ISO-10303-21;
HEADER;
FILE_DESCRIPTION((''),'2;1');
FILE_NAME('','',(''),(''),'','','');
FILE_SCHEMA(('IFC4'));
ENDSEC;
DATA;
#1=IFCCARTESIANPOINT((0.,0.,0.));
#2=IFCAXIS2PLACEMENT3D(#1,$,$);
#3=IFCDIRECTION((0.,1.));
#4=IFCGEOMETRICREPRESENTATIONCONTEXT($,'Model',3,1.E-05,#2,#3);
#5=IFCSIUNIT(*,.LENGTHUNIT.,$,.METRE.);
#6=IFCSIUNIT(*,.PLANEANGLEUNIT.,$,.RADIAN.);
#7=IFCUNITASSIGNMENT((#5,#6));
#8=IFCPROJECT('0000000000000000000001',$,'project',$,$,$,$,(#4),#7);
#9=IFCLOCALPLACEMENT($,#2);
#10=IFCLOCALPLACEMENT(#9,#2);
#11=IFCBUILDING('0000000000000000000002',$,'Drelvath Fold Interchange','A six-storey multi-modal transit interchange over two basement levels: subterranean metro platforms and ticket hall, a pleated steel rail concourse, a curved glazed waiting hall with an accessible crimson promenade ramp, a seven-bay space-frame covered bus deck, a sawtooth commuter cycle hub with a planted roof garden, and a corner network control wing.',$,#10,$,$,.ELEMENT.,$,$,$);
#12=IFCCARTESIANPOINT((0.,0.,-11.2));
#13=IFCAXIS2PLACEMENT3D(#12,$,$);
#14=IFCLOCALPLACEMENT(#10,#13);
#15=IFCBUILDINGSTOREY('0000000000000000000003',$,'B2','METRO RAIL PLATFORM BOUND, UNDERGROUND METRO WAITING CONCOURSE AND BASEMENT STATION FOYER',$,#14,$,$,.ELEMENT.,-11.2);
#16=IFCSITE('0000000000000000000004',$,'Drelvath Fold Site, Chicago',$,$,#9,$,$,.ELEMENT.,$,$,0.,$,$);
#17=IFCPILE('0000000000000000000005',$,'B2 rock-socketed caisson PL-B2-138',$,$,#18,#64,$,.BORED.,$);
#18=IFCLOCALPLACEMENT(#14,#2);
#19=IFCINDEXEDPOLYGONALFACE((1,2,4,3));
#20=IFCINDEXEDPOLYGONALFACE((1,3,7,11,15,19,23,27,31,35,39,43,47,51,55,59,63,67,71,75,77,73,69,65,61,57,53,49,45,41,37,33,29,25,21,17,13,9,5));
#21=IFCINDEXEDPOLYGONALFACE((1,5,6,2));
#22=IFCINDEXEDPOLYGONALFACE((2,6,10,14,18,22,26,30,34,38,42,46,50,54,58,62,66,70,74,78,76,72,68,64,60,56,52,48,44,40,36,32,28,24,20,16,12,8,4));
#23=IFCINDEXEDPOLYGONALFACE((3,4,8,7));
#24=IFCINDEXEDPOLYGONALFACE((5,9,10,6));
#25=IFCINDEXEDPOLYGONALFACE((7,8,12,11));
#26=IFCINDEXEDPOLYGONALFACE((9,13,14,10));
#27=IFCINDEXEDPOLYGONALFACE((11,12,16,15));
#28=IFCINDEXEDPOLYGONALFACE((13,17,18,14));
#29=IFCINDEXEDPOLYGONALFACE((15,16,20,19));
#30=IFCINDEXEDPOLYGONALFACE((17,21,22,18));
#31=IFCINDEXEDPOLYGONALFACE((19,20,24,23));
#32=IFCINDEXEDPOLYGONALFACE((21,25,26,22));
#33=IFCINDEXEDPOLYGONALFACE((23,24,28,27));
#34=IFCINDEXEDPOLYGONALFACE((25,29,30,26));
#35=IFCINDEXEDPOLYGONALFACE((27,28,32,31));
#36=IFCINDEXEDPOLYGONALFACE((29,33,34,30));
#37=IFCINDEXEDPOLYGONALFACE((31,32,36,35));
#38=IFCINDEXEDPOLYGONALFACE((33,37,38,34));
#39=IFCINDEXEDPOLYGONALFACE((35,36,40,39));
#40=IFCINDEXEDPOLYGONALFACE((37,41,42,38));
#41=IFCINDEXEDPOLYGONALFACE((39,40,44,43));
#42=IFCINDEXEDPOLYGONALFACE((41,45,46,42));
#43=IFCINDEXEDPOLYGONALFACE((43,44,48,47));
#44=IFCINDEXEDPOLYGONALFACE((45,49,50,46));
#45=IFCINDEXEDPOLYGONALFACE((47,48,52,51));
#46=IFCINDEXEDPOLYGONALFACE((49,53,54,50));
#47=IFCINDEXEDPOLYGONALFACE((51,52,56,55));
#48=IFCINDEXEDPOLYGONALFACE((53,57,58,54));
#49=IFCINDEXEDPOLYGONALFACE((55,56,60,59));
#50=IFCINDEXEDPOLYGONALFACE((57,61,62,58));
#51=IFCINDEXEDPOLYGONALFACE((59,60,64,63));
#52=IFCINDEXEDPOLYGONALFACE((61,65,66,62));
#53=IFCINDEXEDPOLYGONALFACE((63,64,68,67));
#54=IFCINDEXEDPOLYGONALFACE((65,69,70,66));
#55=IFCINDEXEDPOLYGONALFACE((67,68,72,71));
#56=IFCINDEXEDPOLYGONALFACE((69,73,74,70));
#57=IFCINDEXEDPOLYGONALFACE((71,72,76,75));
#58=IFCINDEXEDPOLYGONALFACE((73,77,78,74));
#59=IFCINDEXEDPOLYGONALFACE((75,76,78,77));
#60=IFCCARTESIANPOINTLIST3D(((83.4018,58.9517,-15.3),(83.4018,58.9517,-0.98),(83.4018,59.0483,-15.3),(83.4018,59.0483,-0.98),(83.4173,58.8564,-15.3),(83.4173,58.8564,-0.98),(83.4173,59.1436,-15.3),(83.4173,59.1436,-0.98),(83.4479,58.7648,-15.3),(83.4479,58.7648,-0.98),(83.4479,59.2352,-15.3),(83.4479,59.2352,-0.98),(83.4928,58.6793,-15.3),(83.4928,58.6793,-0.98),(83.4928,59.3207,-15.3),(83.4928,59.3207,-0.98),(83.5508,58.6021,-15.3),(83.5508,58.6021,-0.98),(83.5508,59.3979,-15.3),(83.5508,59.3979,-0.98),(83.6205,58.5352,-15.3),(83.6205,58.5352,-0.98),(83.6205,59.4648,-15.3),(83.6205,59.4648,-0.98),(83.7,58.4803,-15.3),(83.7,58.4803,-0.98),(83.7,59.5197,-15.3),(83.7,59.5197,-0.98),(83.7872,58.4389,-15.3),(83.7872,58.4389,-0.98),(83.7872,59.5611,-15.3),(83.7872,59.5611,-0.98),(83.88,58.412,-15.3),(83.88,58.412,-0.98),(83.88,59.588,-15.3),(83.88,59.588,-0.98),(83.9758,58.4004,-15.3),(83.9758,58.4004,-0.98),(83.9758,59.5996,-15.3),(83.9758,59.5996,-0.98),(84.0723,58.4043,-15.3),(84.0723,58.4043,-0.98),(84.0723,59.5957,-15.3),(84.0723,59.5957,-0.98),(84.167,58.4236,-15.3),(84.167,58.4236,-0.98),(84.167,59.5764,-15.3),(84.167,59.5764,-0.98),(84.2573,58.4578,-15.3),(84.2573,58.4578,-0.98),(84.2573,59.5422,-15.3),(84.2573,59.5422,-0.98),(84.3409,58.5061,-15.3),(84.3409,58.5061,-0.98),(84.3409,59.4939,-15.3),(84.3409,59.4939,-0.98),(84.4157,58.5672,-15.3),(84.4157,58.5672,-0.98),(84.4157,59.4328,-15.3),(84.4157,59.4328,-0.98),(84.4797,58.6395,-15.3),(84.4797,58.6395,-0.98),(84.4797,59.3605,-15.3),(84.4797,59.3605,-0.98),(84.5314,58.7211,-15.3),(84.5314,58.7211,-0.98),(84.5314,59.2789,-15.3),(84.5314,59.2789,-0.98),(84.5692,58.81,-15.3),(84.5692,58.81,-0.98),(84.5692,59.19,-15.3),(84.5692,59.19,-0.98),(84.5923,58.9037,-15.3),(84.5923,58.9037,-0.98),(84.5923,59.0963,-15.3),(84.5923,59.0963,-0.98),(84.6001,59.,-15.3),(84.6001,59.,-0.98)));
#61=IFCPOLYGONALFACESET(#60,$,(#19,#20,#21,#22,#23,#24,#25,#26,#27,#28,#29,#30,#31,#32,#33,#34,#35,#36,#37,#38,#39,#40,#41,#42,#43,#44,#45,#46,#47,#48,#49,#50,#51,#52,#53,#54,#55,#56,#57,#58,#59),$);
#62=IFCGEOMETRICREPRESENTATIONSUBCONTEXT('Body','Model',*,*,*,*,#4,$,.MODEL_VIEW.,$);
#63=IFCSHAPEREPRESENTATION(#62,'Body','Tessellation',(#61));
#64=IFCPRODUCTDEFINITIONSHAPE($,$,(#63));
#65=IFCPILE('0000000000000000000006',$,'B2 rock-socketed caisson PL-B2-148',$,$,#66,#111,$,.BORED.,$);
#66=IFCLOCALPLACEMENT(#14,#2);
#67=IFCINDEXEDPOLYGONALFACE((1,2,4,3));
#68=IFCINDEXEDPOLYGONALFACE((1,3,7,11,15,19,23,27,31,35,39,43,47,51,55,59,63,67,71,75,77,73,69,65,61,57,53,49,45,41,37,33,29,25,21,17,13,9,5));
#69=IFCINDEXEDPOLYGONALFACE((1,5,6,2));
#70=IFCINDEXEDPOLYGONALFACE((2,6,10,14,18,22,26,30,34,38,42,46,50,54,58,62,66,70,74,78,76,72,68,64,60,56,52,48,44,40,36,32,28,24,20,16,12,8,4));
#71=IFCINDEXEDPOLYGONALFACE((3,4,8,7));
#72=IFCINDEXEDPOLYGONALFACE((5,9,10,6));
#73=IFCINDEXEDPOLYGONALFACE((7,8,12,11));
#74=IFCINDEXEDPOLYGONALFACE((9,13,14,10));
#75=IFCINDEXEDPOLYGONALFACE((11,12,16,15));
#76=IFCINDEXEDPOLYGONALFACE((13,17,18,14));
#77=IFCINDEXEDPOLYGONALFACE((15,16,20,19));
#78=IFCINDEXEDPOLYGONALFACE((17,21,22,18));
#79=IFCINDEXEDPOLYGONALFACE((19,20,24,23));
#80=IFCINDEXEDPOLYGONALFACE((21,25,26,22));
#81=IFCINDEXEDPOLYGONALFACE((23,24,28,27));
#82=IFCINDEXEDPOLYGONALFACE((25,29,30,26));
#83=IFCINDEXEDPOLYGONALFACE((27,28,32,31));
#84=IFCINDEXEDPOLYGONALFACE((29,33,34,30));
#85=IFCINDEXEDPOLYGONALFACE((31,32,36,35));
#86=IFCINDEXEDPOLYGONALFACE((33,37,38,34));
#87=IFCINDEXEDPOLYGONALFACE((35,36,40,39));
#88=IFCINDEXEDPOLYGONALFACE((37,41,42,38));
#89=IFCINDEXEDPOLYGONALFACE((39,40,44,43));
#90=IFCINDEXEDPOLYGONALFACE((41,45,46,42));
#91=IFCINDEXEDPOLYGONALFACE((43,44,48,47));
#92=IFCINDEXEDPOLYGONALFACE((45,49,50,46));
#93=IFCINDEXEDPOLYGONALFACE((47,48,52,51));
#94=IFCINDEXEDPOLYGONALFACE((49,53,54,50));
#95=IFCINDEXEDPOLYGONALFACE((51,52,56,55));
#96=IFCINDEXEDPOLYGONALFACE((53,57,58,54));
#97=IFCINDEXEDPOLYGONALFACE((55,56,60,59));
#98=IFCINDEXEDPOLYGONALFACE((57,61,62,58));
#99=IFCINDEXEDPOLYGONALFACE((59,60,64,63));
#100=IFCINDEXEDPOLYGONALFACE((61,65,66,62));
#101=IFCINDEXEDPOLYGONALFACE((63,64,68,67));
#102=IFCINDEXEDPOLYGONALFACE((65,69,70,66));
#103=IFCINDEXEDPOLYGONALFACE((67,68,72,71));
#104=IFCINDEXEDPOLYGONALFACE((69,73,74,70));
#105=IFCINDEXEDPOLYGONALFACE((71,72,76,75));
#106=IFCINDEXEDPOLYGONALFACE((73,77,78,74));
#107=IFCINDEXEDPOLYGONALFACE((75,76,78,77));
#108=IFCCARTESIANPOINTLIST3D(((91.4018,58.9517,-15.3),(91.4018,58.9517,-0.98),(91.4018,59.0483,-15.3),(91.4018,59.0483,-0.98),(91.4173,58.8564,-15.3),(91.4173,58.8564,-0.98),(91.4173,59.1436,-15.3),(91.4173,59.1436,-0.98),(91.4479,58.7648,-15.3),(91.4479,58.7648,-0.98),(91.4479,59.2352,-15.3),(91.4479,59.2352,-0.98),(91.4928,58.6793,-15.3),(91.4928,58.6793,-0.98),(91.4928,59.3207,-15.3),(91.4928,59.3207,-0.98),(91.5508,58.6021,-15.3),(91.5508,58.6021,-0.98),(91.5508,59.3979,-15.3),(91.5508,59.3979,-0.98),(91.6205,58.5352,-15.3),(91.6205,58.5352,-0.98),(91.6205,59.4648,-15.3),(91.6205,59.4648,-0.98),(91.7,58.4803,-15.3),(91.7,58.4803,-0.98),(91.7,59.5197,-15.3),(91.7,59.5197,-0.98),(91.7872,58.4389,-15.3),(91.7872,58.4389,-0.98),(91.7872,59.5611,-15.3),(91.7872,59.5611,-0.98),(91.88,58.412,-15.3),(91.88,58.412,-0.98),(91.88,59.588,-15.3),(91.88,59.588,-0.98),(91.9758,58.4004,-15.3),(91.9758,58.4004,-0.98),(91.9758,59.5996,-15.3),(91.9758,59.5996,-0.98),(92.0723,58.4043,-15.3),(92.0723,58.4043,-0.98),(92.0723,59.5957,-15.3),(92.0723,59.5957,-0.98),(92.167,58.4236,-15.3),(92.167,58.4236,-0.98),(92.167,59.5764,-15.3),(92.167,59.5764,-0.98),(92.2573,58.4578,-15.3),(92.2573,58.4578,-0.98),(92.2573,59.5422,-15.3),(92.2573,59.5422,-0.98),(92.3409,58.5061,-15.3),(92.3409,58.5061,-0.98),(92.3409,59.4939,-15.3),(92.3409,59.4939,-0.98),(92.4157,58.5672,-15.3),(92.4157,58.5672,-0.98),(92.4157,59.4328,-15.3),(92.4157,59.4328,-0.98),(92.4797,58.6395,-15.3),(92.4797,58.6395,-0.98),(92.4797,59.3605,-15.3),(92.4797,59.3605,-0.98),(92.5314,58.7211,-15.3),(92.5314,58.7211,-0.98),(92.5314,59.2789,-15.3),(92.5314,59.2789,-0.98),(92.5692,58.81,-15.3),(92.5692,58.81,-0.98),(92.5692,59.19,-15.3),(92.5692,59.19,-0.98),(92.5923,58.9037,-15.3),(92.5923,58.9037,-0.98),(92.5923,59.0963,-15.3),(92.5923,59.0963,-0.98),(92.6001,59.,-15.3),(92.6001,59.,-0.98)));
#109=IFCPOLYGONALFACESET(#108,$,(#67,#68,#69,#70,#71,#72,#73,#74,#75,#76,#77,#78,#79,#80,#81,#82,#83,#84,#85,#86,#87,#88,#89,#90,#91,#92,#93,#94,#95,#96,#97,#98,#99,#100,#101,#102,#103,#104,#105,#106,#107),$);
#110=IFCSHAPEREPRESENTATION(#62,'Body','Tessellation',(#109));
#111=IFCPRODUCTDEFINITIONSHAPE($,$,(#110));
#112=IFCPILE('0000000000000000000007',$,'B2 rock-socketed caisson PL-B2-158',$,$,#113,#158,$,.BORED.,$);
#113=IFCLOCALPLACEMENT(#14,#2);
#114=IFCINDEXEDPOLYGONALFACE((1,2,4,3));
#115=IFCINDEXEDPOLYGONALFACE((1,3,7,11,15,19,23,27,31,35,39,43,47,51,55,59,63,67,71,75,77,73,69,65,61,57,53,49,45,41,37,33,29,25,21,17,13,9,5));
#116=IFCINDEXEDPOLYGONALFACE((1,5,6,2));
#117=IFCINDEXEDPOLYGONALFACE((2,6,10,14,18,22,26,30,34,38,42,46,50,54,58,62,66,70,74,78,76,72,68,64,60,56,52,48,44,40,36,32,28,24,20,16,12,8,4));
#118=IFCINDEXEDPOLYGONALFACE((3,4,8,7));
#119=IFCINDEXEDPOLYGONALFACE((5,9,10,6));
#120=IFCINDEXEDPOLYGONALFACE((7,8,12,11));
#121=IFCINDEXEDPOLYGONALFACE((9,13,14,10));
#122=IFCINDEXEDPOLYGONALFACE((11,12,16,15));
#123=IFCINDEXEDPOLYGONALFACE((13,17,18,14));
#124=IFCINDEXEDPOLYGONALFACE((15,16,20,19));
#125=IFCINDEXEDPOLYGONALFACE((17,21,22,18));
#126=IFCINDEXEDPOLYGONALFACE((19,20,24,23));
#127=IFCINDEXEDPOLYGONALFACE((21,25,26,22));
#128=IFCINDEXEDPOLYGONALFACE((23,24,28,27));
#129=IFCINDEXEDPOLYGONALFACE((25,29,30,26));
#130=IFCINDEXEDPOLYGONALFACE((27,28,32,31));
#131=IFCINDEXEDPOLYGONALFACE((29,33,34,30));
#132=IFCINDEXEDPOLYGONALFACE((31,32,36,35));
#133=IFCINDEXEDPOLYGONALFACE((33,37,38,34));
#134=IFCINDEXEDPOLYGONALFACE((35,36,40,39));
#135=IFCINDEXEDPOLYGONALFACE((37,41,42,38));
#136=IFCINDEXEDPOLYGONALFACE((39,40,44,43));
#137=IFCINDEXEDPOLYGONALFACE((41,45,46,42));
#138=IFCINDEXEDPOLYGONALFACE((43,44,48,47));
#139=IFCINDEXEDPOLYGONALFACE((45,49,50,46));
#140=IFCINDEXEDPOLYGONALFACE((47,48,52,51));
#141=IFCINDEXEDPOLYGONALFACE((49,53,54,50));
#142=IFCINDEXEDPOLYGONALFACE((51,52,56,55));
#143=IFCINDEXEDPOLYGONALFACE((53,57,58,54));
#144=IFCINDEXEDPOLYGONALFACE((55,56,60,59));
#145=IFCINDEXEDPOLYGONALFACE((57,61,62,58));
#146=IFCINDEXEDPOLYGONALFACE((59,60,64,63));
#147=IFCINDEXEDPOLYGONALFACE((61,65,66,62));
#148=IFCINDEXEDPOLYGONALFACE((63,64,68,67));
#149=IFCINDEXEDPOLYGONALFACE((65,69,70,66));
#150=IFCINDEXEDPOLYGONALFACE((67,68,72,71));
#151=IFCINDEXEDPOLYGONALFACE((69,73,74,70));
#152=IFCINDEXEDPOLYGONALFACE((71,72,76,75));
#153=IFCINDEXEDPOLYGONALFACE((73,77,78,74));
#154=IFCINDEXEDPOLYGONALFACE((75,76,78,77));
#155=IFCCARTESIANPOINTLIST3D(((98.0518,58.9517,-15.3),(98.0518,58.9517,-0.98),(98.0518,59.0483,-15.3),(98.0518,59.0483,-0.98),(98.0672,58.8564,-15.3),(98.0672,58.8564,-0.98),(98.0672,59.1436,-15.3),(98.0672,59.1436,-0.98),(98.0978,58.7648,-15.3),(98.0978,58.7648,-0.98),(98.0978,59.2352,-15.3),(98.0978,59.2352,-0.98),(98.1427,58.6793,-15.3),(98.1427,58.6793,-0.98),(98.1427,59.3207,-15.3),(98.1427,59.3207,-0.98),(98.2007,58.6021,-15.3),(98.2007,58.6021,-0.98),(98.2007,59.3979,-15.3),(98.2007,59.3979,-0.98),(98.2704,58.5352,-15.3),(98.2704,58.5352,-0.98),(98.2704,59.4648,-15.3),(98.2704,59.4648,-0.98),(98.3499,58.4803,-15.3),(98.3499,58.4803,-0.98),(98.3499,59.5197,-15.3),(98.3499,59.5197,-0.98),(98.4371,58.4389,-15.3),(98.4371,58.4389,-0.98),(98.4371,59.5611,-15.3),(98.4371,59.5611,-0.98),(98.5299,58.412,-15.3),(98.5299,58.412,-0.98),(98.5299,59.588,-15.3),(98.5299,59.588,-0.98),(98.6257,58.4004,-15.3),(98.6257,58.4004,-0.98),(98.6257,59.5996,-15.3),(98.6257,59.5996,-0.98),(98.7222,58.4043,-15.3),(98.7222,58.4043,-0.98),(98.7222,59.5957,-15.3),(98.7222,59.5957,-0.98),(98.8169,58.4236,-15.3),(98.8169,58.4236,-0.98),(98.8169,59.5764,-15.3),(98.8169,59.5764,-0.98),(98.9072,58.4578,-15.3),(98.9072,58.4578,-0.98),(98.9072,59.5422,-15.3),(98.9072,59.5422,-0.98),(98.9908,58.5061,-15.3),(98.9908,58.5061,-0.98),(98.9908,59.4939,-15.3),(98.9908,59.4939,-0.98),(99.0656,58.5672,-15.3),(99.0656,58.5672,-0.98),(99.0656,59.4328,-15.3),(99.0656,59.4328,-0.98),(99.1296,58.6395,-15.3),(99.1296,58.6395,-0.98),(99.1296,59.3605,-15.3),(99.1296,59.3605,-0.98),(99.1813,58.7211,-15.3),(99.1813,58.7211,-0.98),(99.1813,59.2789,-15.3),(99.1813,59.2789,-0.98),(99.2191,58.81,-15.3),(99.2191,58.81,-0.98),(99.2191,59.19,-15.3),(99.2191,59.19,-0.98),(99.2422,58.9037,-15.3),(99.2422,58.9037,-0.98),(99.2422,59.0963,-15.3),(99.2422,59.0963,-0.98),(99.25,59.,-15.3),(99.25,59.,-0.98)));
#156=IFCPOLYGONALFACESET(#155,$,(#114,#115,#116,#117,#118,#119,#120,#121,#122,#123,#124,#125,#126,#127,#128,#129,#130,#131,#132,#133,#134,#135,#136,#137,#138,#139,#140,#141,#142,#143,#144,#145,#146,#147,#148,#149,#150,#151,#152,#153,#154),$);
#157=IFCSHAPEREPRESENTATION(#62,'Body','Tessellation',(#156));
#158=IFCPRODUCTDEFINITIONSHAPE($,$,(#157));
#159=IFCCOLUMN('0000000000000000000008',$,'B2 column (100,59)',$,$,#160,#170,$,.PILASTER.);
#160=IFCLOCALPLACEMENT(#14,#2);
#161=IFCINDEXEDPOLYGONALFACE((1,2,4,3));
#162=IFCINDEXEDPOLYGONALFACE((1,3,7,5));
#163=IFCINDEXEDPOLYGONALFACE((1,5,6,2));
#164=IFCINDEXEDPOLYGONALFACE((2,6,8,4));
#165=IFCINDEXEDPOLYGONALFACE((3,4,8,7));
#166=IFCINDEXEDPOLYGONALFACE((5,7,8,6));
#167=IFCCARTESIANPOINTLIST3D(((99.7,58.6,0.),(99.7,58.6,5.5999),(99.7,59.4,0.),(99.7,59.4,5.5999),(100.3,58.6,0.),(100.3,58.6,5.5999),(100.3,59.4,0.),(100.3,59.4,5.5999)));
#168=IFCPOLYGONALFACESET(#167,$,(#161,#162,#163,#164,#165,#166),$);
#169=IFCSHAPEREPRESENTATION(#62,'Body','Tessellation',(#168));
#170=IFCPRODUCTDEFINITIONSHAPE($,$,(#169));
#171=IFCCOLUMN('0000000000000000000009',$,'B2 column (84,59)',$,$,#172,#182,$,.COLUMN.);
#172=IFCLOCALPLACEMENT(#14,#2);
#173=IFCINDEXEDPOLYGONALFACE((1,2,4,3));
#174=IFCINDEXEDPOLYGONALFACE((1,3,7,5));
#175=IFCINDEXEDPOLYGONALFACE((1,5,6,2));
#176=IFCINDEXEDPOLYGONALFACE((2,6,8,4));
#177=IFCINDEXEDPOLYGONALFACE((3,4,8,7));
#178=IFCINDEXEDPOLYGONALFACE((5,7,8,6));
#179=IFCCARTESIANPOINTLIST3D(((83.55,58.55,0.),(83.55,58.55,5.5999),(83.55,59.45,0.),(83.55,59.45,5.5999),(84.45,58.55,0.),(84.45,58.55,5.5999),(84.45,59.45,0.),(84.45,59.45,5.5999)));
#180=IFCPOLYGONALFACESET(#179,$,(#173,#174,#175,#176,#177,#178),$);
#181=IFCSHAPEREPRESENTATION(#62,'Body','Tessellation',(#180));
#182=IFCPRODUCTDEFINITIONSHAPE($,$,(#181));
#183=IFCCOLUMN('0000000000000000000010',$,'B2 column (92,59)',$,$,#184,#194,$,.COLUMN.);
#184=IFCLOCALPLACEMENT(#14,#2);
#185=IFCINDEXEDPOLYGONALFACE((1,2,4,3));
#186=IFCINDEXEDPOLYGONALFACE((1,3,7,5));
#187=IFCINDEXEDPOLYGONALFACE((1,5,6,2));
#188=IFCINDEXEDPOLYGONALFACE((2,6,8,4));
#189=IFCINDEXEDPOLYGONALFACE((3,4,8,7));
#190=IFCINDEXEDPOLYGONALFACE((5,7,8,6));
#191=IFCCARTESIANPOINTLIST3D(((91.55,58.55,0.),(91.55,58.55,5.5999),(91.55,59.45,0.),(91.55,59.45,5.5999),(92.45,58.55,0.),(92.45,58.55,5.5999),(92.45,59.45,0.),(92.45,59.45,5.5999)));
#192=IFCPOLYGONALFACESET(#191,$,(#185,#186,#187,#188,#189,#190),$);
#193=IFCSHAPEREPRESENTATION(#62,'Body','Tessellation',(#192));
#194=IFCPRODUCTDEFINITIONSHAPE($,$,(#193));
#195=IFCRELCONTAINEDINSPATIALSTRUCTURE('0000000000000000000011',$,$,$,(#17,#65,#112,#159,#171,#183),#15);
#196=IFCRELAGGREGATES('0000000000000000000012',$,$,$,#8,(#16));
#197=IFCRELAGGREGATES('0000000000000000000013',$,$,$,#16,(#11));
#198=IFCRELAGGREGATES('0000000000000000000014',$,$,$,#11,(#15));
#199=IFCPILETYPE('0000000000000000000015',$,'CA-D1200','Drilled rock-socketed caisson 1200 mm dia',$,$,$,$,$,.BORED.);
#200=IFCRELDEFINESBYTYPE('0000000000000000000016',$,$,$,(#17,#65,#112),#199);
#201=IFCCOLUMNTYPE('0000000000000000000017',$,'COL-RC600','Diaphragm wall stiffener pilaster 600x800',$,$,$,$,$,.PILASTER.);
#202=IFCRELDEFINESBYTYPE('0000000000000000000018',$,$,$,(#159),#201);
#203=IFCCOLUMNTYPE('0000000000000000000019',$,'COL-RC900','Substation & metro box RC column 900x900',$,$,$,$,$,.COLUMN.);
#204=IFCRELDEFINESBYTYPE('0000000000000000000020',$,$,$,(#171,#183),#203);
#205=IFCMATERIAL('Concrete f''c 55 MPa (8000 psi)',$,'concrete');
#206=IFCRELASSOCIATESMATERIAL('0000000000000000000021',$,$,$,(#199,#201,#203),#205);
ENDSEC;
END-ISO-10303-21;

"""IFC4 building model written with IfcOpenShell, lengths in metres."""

from ifc_helpers import new_model, si_unit, direction, frame, origin, origin_2d, place, context, subcontext, project, spatial, rectangle, circle, extrude, material, material_profile, profile_set, type_object, element, save


model = new_model("IFC4")

# Units and contexts
model_context = context("Model", 3, precision=1e-05, world=origin(), true_north=direction((0.0, 1.0)))
body_context = subcontext(model_context, "Body", "Model", "MODEL_VIEW")
ifc_project = project(units=[si_unit("LENGTHUNIT", "METRE"), si_unit("PLANEANGLEUNIT", "RADIAN")], contexts=[model_context])

# Site, building, storey
site_placement = place(None, origin())
site = spatial("IfcSite", under=ifc_project, at=site_placement, Name="Drelvath Fold Site, Chicago", CompositionType="ELEMENT", RefElevation=0.0)
building_placement = place(site_placement, origin())
building = spatial("IfcBuilding", under=site, at=building_placement, Name="Drelvath Fold Interchange", Description="A six-storey multi-modal transit interchange over two basement levels: subterranean metro platforms and ticket hall, a pleated steel rail concourse, a curved glazed waiting hall with an accessible crimson promenade ramp, a seven-bay space-frame covered bus deck, a sawtooth commuter cycle hub with a planted roof garden, and a corner network control wing.", CompositionType="ELEMENT")
storey_placement = place(building_placement, frame((0.0, 0.0, -11.2)))
storey = spatial("IfcBuildingStorey", under=building, at=storey_placement, Name="B2", Description="METRO RAIL PLATFORM BOUND, UNDERGROUND METRO WAITING CONCOURSE AND BASEMENT STATION FOYER", CompositionType="ELEMENT", Elevation=-11.2)

# Piles
ifc_material_1 = material(Name="Concrete f'c 55 MPa (8000 psi)", Category="concrete")
ifc_material_profile_1 = material_profile(ifc_material_1, circle(Radius=0.6001, at=origin_2d()), Name="CAISSON D1200")
ifc_profile_set_1 = profile_set([ifc_material_profile_1], Name="Concrete f'c 55 MPa (8000 psi)")
pile_type = type_object("IfcPileType", Name="CA-D1200", Description="Drilled rock-socketed caisson 1200 mm dia", PredefinedType="BORED", material=ifc_profile_set_1)
for number, where, z_axis, x_axis, name in (
    (1, (84.0, 59.0, -0.98), (0.0, 0.0, -1.0), (1.0, 0.0, 0.0), "B2 rock-socketed caisson PL-B2-138"),
    (2, (92.0, 59.0, -0.98), (0.0, 0.0, -1.0), (1.0, 0.0, 0.0), "B2 rock-socketed caisson PL-B2-148"),
    (3, (98.6499, 59.0, -0.98), (0.0, 0.0, -1.0), (1.0, 0.0, 0.0), "B2 rock-socketed caisson PL-B2-158"),
):
    element("IfcPile", number, at=place(storey_placement, frame(where, z_axis=z_axis, x_axis=x_axis)), inside=storey, type_object=pile_type, Name=name, PredefinedType="BORED", context=body_context, shape_type="SweptSolid", body=[
        extrude(circle(Radius=0.6001, at=origin_2d()), origin(), (0.0, 0.0, 1.0), 14.3201),
    ])

# Columns
ifc_material_profile_2 = material_profile(ifc_material_1, rectangle(XDim=0.6001, YDim=0.8, at=origin_2d()), Name="RC 600x800")
ifc_profile_set_2 = profile_set([ifc_material_profile_2], Name="Concrete f'c 55 MPa (8000 psi)")
column_type_1 = type_object("IfcColumnType", Name="COL-RC600", Description="Diaphragm wall stiffener pilaster 600x800", PredefinedType="PILASTER", material=ifc_profile_set_2)
column_placement = place(storey_placement, frame((100.0, 59.0, 0.0), z_axis=(0.0, 0.0, 1.0), x_axis=(1.0, 0.0, 0.0)))
element("IfcColumn", 4, at=column_placement, inside=storey, type_object=column_type_1, Name="B2 column (100,59)", PredefinedType="PILASTER", context=body_context, shape_type="SweptSolid", body=[
    extrude(rectangle(XDim=0.6001, YDim=0.8, at=origin_2d()), origin(), (0.0, 0.0, 1.0), 5.5999),
])
ifc_material_profile_3 = material_profile(ifc_material_1, rectangle(XDim=0.8999, YDim=0.8999, at=origin_2d()), Name="RC 900x900")
ifc_profile_set_3 = profile_set([ifc_material_profile_3], Name="Concrete f'c 55 MPa (8000 psi)")
column_type_2 = type_object("IfcColumnType", Name="COL-RC900", Description="Substation & metro box RC column 900x900", PredefinedType="COLUMN", material=ifc_profile_set_3)
for number, where, z_axis, x_axis, name in (
    (5, (84.0, 59.0, 0.0), (0.0, 0.0, 1.0), (1.0, 0.0, 0.0), "B2 column (84,59)"),
    (6, (92.0, 59.0, 0.0), (0.0, 0.0, 1.0), (1.0, 0.0, 0.0), "B2 column (92,59)"),
):
    element("IfcColumn", number, at=place(storey_placement, frame(where, z_axis=z_axis, x_axis=x_axis)), inside=storey, type_object=column_type_2, Name=name, PredefinedType="COLUMN", context=body_context, shape_type="SweptSolid", body=[
        extrude(rectangle(XDim=0.8999, YDim=0.8999, at=origin_2d()), origin(), (0.0, 0.0, 1.0), 5.5999),
    ])

save(model, "model.ifc")
